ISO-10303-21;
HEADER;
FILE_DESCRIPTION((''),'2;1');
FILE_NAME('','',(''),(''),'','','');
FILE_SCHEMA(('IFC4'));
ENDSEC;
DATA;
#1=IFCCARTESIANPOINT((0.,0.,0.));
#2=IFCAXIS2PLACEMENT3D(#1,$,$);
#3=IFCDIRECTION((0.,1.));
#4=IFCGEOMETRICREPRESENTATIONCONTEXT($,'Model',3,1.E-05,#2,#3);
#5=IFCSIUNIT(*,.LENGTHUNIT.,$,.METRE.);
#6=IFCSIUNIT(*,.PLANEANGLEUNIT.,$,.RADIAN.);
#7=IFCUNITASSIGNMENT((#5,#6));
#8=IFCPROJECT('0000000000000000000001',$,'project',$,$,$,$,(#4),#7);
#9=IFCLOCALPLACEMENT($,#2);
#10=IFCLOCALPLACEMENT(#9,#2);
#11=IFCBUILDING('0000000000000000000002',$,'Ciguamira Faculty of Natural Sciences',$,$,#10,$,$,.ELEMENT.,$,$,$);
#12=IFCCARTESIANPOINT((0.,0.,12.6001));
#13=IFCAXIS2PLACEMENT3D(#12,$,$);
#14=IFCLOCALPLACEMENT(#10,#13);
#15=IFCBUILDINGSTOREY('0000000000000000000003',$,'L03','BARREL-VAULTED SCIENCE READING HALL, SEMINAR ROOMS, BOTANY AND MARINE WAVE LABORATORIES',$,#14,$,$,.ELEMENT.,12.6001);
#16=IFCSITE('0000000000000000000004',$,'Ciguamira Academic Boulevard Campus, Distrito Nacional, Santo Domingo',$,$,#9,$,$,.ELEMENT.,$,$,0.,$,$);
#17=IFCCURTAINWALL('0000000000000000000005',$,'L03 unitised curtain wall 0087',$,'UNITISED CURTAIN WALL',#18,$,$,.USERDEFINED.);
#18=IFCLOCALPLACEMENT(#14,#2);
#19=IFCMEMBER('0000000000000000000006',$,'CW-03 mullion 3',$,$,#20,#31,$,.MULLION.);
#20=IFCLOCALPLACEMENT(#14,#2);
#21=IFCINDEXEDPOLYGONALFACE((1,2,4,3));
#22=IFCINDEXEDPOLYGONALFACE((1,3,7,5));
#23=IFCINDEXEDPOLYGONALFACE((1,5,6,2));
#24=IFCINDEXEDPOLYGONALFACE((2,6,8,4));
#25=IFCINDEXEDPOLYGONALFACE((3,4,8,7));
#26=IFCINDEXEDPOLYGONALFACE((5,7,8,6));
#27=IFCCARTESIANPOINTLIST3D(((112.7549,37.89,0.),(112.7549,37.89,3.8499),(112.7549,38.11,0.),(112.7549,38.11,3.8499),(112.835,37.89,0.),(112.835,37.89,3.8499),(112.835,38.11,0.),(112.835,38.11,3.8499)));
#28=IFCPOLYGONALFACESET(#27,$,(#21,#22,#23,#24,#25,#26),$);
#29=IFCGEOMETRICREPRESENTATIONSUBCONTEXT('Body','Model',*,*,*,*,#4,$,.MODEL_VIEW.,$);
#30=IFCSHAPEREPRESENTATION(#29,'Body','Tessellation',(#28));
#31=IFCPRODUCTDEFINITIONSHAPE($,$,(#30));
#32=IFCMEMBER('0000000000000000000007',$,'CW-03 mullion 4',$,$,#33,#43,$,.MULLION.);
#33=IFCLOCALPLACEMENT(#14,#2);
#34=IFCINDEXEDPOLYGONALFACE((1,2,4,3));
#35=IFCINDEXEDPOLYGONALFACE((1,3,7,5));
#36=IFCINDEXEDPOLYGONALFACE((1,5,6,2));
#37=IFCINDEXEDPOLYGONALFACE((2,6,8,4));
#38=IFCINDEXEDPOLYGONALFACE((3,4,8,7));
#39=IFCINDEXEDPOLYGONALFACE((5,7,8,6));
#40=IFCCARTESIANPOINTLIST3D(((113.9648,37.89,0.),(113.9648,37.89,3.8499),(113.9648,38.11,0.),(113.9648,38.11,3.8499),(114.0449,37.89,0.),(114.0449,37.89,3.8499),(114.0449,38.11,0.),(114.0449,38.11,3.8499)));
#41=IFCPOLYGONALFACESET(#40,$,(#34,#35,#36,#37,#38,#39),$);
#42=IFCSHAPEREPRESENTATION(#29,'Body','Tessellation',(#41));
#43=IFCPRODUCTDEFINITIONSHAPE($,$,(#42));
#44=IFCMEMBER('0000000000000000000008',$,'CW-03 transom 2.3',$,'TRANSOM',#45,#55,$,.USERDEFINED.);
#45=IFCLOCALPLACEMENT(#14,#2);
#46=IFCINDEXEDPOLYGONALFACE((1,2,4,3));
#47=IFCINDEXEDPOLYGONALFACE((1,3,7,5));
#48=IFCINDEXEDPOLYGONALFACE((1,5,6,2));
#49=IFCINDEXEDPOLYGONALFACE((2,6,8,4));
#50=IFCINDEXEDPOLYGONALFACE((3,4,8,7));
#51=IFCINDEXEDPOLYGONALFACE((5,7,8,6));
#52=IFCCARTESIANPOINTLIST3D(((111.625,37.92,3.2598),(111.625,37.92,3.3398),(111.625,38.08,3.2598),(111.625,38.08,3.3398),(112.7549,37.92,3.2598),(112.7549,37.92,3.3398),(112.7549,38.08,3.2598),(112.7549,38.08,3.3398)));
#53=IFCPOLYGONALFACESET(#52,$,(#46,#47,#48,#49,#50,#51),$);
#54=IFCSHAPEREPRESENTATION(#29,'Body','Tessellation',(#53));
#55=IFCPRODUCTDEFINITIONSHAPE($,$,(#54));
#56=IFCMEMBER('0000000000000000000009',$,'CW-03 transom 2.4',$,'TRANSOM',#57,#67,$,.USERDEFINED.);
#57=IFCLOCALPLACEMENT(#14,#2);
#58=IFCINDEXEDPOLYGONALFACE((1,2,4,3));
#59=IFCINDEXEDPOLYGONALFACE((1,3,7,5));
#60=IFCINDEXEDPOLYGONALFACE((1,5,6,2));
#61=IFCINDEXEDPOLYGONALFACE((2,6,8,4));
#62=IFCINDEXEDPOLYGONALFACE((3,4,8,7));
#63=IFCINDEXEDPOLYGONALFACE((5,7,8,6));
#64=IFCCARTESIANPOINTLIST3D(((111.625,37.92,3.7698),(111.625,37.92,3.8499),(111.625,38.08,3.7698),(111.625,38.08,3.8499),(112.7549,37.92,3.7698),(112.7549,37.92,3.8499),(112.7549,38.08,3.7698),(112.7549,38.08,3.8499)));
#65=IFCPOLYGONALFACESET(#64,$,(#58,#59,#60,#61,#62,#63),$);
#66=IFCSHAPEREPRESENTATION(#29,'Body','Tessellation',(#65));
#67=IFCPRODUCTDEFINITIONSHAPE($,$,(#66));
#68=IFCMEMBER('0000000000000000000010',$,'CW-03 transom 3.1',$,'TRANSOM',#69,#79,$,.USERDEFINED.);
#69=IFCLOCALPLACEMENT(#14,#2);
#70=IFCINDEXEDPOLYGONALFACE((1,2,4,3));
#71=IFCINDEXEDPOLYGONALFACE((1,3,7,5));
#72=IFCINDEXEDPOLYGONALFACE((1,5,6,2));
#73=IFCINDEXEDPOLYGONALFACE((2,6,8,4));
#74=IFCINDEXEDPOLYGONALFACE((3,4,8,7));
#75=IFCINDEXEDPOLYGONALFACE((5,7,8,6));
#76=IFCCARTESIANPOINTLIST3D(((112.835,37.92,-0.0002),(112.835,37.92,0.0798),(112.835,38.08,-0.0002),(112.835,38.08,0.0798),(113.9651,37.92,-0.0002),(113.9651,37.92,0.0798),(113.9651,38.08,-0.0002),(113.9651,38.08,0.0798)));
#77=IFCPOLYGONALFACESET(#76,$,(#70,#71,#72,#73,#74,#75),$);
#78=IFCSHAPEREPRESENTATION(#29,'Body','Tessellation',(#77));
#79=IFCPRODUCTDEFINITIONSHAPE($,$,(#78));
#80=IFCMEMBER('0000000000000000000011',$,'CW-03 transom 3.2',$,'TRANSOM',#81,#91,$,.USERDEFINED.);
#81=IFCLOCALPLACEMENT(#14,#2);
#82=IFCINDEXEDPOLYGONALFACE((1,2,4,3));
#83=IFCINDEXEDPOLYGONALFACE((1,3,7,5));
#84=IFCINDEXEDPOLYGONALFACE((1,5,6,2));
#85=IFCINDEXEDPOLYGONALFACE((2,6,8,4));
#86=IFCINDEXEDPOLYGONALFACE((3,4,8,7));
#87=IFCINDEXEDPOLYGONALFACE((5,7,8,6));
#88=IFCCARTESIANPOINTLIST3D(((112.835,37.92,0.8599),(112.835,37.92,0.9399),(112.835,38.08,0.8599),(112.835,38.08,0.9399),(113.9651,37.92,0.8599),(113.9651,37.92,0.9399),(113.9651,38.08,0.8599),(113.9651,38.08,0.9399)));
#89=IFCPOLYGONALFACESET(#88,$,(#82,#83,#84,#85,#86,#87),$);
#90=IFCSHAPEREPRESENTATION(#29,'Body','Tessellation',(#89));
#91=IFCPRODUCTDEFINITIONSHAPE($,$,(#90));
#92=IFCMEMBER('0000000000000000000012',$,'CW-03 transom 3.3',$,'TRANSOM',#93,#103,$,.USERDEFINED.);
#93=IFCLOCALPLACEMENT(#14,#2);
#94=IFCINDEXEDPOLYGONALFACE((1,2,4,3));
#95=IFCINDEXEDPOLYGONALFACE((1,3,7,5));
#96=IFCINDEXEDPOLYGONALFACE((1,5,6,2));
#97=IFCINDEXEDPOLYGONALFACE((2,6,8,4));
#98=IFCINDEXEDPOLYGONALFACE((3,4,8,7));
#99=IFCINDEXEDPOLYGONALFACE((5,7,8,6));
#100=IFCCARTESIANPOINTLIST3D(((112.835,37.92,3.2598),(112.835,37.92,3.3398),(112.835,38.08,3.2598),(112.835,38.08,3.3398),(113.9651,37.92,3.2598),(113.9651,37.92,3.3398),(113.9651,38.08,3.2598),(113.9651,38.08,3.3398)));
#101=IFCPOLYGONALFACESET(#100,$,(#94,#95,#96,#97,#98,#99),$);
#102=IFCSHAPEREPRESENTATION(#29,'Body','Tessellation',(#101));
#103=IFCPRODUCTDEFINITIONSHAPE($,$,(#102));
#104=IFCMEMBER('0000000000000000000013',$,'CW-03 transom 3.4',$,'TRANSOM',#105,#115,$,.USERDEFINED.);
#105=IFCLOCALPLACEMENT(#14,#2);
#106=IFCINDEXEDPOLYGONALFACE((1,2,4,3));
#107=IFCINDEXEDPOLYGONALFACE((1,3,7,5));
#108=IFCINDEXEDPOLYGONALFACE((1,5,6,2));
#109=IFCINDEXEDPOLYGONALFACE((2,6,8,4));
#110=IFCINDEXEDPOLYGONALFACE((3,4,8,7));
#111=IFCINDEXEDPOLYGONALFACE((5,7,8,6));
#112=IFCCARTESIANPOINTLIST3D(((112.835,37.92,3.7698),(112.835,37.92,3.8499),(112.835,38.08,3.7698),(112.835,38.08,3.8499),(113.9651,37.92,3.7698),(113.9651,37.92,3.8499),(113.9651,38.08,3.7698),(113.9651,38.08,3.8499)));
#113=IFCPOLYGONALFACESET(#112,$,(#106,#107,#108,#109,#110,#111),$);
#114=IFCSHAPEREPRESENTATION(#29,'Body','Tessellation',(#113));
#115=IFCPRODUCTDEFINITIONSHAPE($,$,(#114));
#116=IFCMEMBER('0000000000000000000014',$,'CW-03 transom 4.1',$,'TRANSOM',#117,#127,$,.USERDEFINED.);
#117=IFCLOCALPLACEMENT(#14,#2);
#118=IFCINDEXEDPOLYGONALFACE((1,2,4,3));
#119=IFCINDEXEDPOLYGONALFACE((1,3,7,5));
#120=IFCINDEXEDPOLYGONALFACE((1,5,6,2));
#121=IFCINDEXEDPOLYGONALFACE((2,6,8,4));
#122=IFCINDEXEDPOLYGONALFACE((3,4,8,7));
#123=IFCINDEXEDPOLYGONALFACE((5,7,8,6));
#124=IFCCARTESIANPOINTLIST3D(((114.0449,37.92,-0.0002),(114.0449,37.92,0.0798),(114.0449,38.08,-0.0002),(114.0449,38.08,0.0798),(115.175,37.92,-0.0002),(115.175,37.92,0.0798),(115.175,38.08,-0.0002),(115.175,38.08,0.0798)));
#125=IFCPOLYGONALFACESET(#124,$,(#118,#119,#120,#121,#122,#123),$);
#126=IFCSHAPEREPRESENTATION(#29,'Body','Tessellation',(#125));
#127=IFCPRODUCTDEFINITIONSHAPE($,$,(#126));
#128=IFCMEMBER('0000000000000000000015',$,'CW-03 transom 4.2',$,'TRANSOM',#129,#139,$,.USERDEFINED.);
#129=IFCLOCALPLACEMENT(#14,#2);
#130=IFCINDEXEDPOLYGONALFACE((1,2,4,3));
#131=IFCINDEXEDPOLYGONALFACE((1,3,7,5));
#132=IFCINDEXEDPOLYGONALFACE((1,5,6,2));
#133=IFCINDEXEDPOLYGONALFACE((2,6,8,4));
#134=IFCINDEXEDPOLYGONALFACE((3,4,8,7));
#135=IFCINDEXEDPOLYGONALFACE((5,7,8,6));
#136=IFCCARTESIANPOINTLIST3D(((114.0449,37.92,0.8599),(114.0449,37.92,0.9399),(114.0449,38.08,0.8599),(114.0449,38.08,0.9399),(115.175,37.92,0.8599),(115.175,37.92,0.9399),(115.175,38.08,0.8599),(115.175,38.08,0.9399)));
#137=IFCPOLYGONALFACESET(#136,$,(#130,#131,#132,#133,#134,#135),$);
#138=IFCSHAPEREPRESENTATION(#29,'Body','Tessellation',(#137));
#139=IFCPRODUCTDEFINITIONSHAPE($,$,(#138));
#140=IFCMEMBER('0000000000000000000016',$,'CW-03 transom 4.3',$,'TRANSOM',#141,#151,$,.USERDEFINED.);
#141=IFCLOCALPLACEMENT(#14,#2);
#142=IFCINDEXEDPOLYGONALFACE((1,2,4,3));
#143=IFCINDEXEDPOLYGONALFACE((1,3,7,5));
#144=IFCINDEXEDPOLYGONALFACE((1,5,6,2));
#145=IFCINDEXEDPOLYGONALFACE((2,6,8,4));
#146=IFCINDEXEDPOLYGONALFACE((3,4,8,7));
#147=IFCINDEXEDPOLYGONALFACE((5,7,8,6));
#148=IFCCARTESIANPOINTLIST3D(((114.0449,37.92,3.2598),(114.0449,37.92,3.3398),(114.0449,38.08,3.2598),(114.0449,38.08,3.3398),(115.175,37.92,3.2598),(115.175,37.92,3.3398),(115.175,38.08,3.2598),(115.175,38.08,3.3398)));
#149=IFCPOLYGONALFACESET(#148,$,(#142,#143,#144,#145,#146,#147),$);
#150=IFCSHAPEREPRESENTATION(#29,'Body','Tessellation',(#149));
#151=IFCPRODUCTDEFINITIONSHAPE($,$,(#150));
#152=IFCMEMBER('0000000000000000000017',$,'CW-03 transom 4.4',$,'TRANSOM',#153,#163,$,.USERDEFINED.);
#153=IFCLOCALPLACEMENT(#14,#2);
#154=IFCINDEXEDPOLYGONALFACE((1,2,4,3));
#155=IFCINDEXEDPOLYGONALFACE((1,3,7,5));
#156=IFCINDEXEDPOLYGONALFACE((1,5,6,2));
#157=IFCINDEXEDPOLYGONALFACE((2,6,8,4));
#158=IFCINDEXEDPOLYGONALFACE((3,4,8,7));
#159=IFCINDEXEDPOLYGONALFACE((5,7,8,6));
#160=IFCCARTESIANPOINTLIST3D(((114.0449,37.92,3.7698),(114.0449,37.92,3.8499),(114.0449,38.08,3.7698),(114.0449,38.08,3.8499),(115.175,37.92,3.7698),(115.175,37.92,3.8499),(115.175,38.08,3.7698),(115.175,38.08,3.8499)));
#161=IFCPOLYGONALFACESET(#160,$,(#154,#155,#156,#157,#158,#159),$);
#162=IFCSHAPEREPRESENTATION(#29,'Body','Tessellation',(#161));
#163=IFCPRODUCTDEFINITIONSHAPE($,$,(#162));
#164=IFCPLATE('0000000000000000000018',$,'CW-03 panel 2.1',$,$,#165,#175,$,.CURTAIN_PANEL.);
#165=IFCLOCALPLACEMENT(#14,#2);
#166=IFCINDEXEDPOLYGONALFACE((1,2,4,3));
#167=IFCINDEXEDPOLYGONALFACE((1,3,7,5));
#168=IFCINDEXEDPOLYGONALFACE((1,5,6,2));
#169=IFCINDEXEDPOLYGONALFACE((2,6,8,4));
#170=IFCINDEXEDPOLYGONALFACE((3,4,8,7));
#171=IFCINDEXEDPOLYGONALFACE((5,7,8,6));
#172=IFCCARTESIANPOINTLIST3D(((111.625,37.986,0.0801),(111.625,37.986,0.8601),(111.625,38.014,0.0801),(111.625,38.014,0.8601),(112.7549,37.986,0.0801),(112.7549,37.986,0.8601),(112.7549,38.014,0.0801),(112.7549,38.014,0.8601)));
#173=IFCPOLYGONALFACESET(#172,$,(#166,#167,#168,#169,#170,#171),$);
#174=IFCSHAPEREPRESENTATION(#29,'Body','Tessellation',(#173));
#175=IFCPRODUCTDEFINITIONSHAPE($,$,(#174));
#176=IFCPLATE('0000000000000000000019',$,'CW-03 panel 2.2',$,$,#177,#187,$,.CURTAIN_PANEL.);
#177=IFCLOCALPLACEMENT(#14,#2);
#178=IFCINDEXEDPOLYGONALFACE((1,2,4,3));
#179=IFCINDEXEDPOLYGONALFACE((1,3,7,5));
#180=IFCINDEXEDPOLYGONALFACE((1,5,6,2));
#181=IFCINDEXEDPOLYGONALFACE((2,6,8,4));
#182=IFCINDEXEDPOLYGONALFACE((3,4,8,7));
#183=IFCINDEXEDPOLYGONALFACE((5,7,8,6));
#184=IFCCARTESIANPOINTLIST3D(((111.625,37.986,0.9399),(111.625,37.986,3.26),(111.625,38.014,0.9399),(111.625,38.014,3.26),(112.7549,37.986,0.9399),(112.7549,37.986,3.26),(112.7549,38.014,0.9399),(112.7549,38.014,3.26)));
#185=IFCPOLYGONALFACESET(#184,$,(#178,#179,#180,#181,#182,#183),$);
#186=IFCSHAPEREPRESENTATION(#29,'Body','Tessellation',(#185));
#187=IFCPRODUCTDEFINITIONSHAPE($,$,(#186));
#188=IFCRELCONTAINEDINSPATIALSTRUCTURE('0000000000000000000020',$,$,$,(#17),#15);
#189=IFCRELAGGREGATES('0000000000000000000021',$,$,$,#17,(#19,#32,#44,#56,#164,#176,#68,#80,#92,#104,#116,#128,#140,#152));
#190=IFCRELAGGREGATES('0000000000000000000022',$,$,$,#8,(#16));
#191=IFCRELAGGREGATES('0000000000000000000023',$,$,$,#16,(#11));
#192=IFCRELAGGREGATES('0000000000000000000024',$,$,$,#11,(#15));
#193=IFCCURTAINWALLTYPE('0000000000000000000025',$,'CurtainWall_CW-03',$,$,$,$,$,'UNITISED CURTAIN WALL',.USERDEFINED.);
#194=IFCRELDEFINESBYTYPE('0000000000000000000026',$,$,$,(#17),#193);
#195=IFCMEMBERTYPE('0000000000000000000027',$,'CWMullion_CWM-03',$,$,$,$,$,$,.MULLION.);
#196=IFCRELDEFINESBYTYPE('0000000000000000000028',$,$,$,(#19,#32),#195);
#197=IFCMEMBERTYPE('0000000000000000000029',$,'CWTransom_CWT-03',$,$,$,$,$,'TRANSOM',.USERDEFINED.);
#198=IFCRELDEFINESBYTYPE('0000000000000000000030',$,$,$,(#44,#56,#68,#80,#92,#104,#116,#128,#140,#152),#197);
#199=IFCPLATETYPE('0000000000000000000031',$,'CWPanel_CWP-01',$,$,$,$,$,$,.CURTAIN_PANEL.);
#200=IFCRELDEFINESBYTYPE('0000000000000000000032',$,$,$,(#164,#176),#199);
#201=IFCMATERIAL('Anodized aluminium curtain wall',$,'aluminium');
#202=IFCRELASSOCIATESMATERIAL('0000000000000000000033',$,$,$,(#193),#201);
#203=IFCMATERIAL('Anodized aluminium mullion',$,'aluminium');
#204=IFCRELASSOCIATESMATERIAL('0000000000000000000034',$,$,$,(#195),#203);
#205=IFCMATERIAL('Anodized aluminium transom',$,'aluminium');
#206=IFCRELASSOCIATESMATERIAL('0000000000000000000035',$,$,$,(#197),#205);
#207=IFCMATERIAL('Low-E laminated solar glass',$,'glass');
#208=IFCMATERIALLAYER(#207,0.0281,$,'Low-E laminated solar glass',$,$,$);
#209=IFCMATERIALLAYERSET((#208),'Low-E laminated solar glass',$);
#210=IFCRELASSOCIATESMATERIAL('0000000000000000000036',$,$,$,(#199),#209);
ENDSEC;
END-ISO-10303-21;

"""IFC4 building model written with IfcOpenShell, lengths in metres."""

from ifc_helpers import new_model, si_unit, direction, frame, origin, origin_2d, place, context, subcontext, project, spatial, rectangle, extrude, material, layer, layer_set, material_profile, profile_set, type_object, element, aggregate, save


model = new_model("IFC4")

# Units and contexts
model_context = context("Model", 3, precision=1e-05, world=origin(), true_north=direction((0.0, 1.0)))
body_context = subcontext(model_context, "Body", "Model", "MODEL_VIEW")
ifc_project = project(units=[si_unit("LENGTHUNIT", "METRE"), si_unit("PLANEANGLEUNIT", "RADIAN")], contexts=[model_context])

# Site, building, storey
site_placement = place(None, origin())
site = spatial("IfcSite", under=ifc_project, at=site_placement, Name="Ciguamira Academic Boulevard Campus, Distrito Nacional, Santo Domingo", CompositionType="ELEMENT", RefElevation=0.0)
building_placement = place(site_placement, origin())
building = spatial("IfcBuilding", under=site, at=building_placement, Name="Ciguamira Faculty of Natural Sciences", CompositionType="ELEMENT")
storey_placement = place(building_placement, frame((0.0, 0.0, 12.6001)))
storey = spatial("IfcBuildingStorey", under=building, at=storey_placement, Name="L03", Description="BARREL-VAULTED SCIENCE READING HALL, SEMINAR ROOMS, BOTANY AND MARINE WAVE LABORATORIES", CompositionType="ELEMENT", Elevation=12.6001)

# Curtain wall, members, plates
ifc_material_1 = material(Name="Anodized aluminium curtain wall", Category="aluminium")
curtain_wall_type = type_object("IfcCurtainWallType", Name="CurtainWall_CW-03", ElementType="UNITISED CURTAIN WALL", PredefinedType="USERDEFINED", material=ifc_material_1)
curtain_wall_placement = place(storey_placement, origin())
curtain_wall = element("IfcCurtainWall", 1, at=curtain_wall_placement, inside=storey, type_object=curtain_wall_type, Name="L03 unitised curtain wall 0087", ObjectType="UNITISED CURTAIN WALL", PredefinedType="USERDEFINED")
ifc_material_2 = material(Name="Anodized aluminium mullion", Category="aluminium")
ifc_material_profile_1 = material_profile(ifc_material_2, rectangle(XDim=0.0801, YDim=0.22, at=origin_2d()), Name="ALU-MUL-80X220")
ifc_profile_set_1 = profile_set([ifc_material_profile_1], Name="Anodized aluminium mullion")
member_type_1 = type_object("IfcMemberType", Name="CWMullion_CWM-03", PredefinedType="MULLION", material=ifc_profile_set_1)
member_1_placement = place(storey_placement, frame((112.7949, 38.0, 0.0), z_axis=(0.0, 0.0, 1.0), x_axis=(1.0, 0.0, 0.0)))
member_1 = element("IfcMember", 2, at=member_1_placement, type_object=member_type_1, Name="CW-03 mullion 3", PredefinedType="MULLION", context=body_context, shape_type="SweptSolid", body=[
    extrude(rectangle(XDim=0.0801, YDim=0.22, at=origin_2d()), origin(), (0.0, 0.0, 1.0), 3.8499),
])
member_2_placement = place(storey_placement, frame((114.0049, 38.0, 0.0), z_axis=(0.0, 0.0, 1.0), x_axis=(1.0, 0.0, 0.0)))
member_2 = element("IfcMember", 3, at=member_2_placement, type_object=member_type_1, Name="CW-03 mullion 4", PredefinedType="MULLION", context=body_context, shape_type="SweptSolid", body=[
    extrude(rectangle(XDim=0.0801, YDim=0.22, at=origin_2d()), origin(), (0.0, 0.0, 1.0), 3.8499),
])
ifc_material_3 = material(Name="Anodized aluminium transom", Category="aluminium")
ifc_material_profile_2 = material_profile(ifc_material_3, rectangle(XDim=0.0801, YDim=0.1599, at=origin_2d()), Name="ALU-TRN-80X160")
ifc_profile_set_2 = profile_set([ifc_material_profile_2], Name="Anodized aluminium transom")
member_type_2 = type_object("IfcMemberType", Name="CWTransom_CWT-03", ElementType="TRANSOM", PredefinedType="USERDEFINED", material=ifc_profile_set_2)
member_3_placement = place(storey_placement, frame((111.625, 38.0, 3.2998), z_axis=(1.0, 0.0, 0.0), x_axis=(0.0, 0.0, 1.0)))
member_3 = element("IfcMember", 4, at=member_3_placement, type_object=member_type_2, Name="CW-03 transom 2.3", ObjectType="TRANSOM", PredefinedType="USERDEFINED", context=body_context, shape_type="SweptSolid", body=[
    extrude(rectangle(XDim=0.0801, YDim=0.1599, at=origin_2d()), origin(), (0.0, 0.0, 1.0), 1.1299),
])
member_4_placement = place(storey_placement, frame((111.625, 38.0, 3.8098), z_axis=(1.0, 0.0, 0.0), x_axis=(0.0, 0.0, 1.0)))
member_4 = element("IfcMember", 5, at=member_4_placement, type_object=member_type_2, Name="CW-03 transom 2.4", ObjectType="TRANSOM", PredefinedType="USERDEFINED", context=body_context, shape_type="SweptSolid", body=[
    extrude(rectangle(XDim=0.0801, YDim=0.1599, at=origin_2d()), origin(), (0.0, 0.0, 1.0), 1.1299),
])
member_5_placement = place(storey_placement, frame((112.835, 38.0, 0.0398), z_axis=(1.0, 0.0, 0.0), x_axis=(0.0, 0.0, 1.0)))
member_5 = element("IfcMember", 6, at=member_5_placement, type_object=member_type_2, Name="CW-03 transom 3.1", ObjectType="TRANSOM", PredefinedType="USERDEFINED", context=body_context, shape_type="SweptSolid", body=[
    extrude(rectangle(XDim=0.0801, YDim=0.1599, at=origin_2d()), origin(), (0.0, 0.0, 1.0), 1.1301),
])
member_6_placement = place(storey_placement, frame((112.835, 38.0, 0.8999), z_axis=(1.0, 0.0, 0.0), x_axis=(0.0, 0.0, 1.0)))
member_6 = element("IfcMember", 7, at=member_6_placement, type_object=member_type_2, Name="CW-03 transom 3.2", ObjectType="TRANSOM", PredefinedType="USERDEFINED", context=body_context, shape_type="SweptSolid", body=[
    extrude(rectangle(XDim=0.0801, YDim=0.1599, at=origin_2d()), origin(), (0.0, 0.0, 1.0), 1.1301),
])
member_7_placement = place(storey_placement, frame((112.835, 38.0, 3.2998), z_axis=(1.0, 0.0, 0.0), x_axis=(0.0, 0.0, 1.0)))
member_7 = element("IfcMember", 8, at=member_7_placement, type_object=member_type_2, Name="CW-03 transom 3.3", ObjectType="TRANSOM", PredefinedType="USERDEFINED", context=body_context, shape_type="SweptSolid", body=[
    extrude(rectangle(XDim=0.0801, YDim=0.1599, at=origin_2d()), origin(), (0.0, 0.0, 1.0), 1.1301),
])
member_8_placement = place(storey_placement, frame((112.835, 38.0, 3.8098), z_axis=(1.0, 0.0, 0.0), x_axis=(0.0, 0.0, 1.0)))
member_8 = element("IfcMember", 9, at=member_8_placement, type_object=member_type_2, Name="CW-03 transom 3.4", ObjectType="TRANSOM", PredefinedType="USERDEFINED", context=body_context, shape_type="SweptSolid", body=[
    extrude(rectangle(XDim=0.0801, YDim=0.1599, at=origin_2d()), origin(), (0.0, 0.0, 1.0), 1.1301),
])
member_9_placement = place(storey_placement, frame((114.0449, 38.0, 0.0398), z_axis=(1.0, 0.0, 0.0), x_axis=(0.0, 0.0, 1.0)))
member_9 = element("IfcMember", 10, at=member_9_placement, type_object=member_type_2, Name="CW-03 transom 4.1", ObjectType="TRANSOM", PredefinedType="USERDEFINED", context=body_context, shape_type="SweptSolid", body=[
    extrude(rectangle(XDim=0.0801, YDim=0.1599, at=origin_2d()), origin(), (0.0, 0.0, 1.0), 1.1301),
])
member_10_placement = place(storey_placement, frame((114.0449, 38.0, 0.8999), z_axis=(1.0, 0.0, 0.0), x_axis=(0.0, 0.0, 1.0)))
member_10 = element("IfcMember", 11, at=member_10_placement, type_object=member_type_2, Name="CW-03 transom 4.2", ObjectType="TRANSOM", PredefinedType="USERDEFINED", context=body_context, shape_type="SweptSolid", body=[
    extrude(rectangle(XDim=0.0801, YDim=0.1599, at=origin_2d()), origin(), (0.0, 0.0, 1.0), 1.1301),
])
member_11_placement = place(storey_placement, frame((114.0449, 38.0, 3.2998), z_axis=(1.0, 0.0, 0.0), x_axis=(0.0, 0.0, 1.0)))
member_11 = element("IfcMember", 12, at=member_11_placement, type_object=member_type_2, Name="CW-03 transom 4.3", ObjectType="TRANSOM", PredefinedType="USERDEFINED", context=body_context, shape_type="SweptSolid", body=[
    extrude(rectangle(XDim=0.0801, YDim=0.1599, at=origin_2d()), origin(), (0.0, 0.0, 1.0), 1.1301),
])
member_12_placement = place(storey_placement, frame((114.0449, 38.0, 3.8098), z_axis=(1.0, 0.0, 0.0), x_axis=(0.0, 0.0, 1.0)))
member_12 = element("IfcMember", 13, at=member_12_placement, type_object=member_type_2, Name="CW-03 transom 4.4", ObjectType="TRANSOM", PredefinedType="USERDEFINED", context=body_context, shape_type="SweptSolid", body=[
    extrude(rectangle(XDim=0.0801, YDim=0.1599, at=origin_2d()), origin(), (0.0, 0.0, 1.0), 1.1301),
])
ifc_material_4 = material(Name="Low-E laminated solar glass", Category="glass")
ifc_layer = layer(ifc_material_4, 0.0281, Name="Low-E laminated solar glass")
ifc_layer_set = layer_set([ifc_layer], Name="Low-E laminated solar glass")
plate_type = type_object("IfcPlateType", Name="CWPanel_CWP-01", PredefinedType="CURTAIN_PANEL", material=ifc_layer_set)
plate_1_placement = place(storey_placement, frame((112.1899, 38.0, 0.0801), z_axis=(0.0, 0.0, 1.0), x_axis=(1.0, 0.0, 0.0)))
plate_1 = element("IfcPlate", 14, at=plate_1_placement, type_object=plate_type, Name="CW-03 panel 2.1", PredefinedType="CURTAIN_PANEL", context=body_context, shape_type="SweptSolid", body=[
    extrude(rectangle(XDim=1.1299, YDim=0.0281, at=origin_2d()), origin(), (0.0, 0.0, 1.0), 0.78),
])
plate_2_placement = place(storey_placement, frame((112.1899, 38.0, 0.9399), z_axis=(0.0, 0.0, 1.0), x_axis=(1.0, 0.0, 0.0)))
plate_2 = element("IfcPlate", 15, at=plate_2_placement, type_object=plate_type, Name="CW-03 panel 2.2", PredefinedType="CURTAIN_PANEL", context=body_context, shape_type="SweptSolid", body=[
    extrude(rectangle(XDim=1.1299, YDim=0.0281, at=origin_2d()), origin(), (0.0, 0.0, 1.0), 2.3201),
])
aggregate(curtain_wall, [member_1, member_2, member_3, member_4, plate_1, plate_2, member_5, member_6, member_7, member_8, member_9, member_10, member_11, member_12])

save(model, "model.ifc")
